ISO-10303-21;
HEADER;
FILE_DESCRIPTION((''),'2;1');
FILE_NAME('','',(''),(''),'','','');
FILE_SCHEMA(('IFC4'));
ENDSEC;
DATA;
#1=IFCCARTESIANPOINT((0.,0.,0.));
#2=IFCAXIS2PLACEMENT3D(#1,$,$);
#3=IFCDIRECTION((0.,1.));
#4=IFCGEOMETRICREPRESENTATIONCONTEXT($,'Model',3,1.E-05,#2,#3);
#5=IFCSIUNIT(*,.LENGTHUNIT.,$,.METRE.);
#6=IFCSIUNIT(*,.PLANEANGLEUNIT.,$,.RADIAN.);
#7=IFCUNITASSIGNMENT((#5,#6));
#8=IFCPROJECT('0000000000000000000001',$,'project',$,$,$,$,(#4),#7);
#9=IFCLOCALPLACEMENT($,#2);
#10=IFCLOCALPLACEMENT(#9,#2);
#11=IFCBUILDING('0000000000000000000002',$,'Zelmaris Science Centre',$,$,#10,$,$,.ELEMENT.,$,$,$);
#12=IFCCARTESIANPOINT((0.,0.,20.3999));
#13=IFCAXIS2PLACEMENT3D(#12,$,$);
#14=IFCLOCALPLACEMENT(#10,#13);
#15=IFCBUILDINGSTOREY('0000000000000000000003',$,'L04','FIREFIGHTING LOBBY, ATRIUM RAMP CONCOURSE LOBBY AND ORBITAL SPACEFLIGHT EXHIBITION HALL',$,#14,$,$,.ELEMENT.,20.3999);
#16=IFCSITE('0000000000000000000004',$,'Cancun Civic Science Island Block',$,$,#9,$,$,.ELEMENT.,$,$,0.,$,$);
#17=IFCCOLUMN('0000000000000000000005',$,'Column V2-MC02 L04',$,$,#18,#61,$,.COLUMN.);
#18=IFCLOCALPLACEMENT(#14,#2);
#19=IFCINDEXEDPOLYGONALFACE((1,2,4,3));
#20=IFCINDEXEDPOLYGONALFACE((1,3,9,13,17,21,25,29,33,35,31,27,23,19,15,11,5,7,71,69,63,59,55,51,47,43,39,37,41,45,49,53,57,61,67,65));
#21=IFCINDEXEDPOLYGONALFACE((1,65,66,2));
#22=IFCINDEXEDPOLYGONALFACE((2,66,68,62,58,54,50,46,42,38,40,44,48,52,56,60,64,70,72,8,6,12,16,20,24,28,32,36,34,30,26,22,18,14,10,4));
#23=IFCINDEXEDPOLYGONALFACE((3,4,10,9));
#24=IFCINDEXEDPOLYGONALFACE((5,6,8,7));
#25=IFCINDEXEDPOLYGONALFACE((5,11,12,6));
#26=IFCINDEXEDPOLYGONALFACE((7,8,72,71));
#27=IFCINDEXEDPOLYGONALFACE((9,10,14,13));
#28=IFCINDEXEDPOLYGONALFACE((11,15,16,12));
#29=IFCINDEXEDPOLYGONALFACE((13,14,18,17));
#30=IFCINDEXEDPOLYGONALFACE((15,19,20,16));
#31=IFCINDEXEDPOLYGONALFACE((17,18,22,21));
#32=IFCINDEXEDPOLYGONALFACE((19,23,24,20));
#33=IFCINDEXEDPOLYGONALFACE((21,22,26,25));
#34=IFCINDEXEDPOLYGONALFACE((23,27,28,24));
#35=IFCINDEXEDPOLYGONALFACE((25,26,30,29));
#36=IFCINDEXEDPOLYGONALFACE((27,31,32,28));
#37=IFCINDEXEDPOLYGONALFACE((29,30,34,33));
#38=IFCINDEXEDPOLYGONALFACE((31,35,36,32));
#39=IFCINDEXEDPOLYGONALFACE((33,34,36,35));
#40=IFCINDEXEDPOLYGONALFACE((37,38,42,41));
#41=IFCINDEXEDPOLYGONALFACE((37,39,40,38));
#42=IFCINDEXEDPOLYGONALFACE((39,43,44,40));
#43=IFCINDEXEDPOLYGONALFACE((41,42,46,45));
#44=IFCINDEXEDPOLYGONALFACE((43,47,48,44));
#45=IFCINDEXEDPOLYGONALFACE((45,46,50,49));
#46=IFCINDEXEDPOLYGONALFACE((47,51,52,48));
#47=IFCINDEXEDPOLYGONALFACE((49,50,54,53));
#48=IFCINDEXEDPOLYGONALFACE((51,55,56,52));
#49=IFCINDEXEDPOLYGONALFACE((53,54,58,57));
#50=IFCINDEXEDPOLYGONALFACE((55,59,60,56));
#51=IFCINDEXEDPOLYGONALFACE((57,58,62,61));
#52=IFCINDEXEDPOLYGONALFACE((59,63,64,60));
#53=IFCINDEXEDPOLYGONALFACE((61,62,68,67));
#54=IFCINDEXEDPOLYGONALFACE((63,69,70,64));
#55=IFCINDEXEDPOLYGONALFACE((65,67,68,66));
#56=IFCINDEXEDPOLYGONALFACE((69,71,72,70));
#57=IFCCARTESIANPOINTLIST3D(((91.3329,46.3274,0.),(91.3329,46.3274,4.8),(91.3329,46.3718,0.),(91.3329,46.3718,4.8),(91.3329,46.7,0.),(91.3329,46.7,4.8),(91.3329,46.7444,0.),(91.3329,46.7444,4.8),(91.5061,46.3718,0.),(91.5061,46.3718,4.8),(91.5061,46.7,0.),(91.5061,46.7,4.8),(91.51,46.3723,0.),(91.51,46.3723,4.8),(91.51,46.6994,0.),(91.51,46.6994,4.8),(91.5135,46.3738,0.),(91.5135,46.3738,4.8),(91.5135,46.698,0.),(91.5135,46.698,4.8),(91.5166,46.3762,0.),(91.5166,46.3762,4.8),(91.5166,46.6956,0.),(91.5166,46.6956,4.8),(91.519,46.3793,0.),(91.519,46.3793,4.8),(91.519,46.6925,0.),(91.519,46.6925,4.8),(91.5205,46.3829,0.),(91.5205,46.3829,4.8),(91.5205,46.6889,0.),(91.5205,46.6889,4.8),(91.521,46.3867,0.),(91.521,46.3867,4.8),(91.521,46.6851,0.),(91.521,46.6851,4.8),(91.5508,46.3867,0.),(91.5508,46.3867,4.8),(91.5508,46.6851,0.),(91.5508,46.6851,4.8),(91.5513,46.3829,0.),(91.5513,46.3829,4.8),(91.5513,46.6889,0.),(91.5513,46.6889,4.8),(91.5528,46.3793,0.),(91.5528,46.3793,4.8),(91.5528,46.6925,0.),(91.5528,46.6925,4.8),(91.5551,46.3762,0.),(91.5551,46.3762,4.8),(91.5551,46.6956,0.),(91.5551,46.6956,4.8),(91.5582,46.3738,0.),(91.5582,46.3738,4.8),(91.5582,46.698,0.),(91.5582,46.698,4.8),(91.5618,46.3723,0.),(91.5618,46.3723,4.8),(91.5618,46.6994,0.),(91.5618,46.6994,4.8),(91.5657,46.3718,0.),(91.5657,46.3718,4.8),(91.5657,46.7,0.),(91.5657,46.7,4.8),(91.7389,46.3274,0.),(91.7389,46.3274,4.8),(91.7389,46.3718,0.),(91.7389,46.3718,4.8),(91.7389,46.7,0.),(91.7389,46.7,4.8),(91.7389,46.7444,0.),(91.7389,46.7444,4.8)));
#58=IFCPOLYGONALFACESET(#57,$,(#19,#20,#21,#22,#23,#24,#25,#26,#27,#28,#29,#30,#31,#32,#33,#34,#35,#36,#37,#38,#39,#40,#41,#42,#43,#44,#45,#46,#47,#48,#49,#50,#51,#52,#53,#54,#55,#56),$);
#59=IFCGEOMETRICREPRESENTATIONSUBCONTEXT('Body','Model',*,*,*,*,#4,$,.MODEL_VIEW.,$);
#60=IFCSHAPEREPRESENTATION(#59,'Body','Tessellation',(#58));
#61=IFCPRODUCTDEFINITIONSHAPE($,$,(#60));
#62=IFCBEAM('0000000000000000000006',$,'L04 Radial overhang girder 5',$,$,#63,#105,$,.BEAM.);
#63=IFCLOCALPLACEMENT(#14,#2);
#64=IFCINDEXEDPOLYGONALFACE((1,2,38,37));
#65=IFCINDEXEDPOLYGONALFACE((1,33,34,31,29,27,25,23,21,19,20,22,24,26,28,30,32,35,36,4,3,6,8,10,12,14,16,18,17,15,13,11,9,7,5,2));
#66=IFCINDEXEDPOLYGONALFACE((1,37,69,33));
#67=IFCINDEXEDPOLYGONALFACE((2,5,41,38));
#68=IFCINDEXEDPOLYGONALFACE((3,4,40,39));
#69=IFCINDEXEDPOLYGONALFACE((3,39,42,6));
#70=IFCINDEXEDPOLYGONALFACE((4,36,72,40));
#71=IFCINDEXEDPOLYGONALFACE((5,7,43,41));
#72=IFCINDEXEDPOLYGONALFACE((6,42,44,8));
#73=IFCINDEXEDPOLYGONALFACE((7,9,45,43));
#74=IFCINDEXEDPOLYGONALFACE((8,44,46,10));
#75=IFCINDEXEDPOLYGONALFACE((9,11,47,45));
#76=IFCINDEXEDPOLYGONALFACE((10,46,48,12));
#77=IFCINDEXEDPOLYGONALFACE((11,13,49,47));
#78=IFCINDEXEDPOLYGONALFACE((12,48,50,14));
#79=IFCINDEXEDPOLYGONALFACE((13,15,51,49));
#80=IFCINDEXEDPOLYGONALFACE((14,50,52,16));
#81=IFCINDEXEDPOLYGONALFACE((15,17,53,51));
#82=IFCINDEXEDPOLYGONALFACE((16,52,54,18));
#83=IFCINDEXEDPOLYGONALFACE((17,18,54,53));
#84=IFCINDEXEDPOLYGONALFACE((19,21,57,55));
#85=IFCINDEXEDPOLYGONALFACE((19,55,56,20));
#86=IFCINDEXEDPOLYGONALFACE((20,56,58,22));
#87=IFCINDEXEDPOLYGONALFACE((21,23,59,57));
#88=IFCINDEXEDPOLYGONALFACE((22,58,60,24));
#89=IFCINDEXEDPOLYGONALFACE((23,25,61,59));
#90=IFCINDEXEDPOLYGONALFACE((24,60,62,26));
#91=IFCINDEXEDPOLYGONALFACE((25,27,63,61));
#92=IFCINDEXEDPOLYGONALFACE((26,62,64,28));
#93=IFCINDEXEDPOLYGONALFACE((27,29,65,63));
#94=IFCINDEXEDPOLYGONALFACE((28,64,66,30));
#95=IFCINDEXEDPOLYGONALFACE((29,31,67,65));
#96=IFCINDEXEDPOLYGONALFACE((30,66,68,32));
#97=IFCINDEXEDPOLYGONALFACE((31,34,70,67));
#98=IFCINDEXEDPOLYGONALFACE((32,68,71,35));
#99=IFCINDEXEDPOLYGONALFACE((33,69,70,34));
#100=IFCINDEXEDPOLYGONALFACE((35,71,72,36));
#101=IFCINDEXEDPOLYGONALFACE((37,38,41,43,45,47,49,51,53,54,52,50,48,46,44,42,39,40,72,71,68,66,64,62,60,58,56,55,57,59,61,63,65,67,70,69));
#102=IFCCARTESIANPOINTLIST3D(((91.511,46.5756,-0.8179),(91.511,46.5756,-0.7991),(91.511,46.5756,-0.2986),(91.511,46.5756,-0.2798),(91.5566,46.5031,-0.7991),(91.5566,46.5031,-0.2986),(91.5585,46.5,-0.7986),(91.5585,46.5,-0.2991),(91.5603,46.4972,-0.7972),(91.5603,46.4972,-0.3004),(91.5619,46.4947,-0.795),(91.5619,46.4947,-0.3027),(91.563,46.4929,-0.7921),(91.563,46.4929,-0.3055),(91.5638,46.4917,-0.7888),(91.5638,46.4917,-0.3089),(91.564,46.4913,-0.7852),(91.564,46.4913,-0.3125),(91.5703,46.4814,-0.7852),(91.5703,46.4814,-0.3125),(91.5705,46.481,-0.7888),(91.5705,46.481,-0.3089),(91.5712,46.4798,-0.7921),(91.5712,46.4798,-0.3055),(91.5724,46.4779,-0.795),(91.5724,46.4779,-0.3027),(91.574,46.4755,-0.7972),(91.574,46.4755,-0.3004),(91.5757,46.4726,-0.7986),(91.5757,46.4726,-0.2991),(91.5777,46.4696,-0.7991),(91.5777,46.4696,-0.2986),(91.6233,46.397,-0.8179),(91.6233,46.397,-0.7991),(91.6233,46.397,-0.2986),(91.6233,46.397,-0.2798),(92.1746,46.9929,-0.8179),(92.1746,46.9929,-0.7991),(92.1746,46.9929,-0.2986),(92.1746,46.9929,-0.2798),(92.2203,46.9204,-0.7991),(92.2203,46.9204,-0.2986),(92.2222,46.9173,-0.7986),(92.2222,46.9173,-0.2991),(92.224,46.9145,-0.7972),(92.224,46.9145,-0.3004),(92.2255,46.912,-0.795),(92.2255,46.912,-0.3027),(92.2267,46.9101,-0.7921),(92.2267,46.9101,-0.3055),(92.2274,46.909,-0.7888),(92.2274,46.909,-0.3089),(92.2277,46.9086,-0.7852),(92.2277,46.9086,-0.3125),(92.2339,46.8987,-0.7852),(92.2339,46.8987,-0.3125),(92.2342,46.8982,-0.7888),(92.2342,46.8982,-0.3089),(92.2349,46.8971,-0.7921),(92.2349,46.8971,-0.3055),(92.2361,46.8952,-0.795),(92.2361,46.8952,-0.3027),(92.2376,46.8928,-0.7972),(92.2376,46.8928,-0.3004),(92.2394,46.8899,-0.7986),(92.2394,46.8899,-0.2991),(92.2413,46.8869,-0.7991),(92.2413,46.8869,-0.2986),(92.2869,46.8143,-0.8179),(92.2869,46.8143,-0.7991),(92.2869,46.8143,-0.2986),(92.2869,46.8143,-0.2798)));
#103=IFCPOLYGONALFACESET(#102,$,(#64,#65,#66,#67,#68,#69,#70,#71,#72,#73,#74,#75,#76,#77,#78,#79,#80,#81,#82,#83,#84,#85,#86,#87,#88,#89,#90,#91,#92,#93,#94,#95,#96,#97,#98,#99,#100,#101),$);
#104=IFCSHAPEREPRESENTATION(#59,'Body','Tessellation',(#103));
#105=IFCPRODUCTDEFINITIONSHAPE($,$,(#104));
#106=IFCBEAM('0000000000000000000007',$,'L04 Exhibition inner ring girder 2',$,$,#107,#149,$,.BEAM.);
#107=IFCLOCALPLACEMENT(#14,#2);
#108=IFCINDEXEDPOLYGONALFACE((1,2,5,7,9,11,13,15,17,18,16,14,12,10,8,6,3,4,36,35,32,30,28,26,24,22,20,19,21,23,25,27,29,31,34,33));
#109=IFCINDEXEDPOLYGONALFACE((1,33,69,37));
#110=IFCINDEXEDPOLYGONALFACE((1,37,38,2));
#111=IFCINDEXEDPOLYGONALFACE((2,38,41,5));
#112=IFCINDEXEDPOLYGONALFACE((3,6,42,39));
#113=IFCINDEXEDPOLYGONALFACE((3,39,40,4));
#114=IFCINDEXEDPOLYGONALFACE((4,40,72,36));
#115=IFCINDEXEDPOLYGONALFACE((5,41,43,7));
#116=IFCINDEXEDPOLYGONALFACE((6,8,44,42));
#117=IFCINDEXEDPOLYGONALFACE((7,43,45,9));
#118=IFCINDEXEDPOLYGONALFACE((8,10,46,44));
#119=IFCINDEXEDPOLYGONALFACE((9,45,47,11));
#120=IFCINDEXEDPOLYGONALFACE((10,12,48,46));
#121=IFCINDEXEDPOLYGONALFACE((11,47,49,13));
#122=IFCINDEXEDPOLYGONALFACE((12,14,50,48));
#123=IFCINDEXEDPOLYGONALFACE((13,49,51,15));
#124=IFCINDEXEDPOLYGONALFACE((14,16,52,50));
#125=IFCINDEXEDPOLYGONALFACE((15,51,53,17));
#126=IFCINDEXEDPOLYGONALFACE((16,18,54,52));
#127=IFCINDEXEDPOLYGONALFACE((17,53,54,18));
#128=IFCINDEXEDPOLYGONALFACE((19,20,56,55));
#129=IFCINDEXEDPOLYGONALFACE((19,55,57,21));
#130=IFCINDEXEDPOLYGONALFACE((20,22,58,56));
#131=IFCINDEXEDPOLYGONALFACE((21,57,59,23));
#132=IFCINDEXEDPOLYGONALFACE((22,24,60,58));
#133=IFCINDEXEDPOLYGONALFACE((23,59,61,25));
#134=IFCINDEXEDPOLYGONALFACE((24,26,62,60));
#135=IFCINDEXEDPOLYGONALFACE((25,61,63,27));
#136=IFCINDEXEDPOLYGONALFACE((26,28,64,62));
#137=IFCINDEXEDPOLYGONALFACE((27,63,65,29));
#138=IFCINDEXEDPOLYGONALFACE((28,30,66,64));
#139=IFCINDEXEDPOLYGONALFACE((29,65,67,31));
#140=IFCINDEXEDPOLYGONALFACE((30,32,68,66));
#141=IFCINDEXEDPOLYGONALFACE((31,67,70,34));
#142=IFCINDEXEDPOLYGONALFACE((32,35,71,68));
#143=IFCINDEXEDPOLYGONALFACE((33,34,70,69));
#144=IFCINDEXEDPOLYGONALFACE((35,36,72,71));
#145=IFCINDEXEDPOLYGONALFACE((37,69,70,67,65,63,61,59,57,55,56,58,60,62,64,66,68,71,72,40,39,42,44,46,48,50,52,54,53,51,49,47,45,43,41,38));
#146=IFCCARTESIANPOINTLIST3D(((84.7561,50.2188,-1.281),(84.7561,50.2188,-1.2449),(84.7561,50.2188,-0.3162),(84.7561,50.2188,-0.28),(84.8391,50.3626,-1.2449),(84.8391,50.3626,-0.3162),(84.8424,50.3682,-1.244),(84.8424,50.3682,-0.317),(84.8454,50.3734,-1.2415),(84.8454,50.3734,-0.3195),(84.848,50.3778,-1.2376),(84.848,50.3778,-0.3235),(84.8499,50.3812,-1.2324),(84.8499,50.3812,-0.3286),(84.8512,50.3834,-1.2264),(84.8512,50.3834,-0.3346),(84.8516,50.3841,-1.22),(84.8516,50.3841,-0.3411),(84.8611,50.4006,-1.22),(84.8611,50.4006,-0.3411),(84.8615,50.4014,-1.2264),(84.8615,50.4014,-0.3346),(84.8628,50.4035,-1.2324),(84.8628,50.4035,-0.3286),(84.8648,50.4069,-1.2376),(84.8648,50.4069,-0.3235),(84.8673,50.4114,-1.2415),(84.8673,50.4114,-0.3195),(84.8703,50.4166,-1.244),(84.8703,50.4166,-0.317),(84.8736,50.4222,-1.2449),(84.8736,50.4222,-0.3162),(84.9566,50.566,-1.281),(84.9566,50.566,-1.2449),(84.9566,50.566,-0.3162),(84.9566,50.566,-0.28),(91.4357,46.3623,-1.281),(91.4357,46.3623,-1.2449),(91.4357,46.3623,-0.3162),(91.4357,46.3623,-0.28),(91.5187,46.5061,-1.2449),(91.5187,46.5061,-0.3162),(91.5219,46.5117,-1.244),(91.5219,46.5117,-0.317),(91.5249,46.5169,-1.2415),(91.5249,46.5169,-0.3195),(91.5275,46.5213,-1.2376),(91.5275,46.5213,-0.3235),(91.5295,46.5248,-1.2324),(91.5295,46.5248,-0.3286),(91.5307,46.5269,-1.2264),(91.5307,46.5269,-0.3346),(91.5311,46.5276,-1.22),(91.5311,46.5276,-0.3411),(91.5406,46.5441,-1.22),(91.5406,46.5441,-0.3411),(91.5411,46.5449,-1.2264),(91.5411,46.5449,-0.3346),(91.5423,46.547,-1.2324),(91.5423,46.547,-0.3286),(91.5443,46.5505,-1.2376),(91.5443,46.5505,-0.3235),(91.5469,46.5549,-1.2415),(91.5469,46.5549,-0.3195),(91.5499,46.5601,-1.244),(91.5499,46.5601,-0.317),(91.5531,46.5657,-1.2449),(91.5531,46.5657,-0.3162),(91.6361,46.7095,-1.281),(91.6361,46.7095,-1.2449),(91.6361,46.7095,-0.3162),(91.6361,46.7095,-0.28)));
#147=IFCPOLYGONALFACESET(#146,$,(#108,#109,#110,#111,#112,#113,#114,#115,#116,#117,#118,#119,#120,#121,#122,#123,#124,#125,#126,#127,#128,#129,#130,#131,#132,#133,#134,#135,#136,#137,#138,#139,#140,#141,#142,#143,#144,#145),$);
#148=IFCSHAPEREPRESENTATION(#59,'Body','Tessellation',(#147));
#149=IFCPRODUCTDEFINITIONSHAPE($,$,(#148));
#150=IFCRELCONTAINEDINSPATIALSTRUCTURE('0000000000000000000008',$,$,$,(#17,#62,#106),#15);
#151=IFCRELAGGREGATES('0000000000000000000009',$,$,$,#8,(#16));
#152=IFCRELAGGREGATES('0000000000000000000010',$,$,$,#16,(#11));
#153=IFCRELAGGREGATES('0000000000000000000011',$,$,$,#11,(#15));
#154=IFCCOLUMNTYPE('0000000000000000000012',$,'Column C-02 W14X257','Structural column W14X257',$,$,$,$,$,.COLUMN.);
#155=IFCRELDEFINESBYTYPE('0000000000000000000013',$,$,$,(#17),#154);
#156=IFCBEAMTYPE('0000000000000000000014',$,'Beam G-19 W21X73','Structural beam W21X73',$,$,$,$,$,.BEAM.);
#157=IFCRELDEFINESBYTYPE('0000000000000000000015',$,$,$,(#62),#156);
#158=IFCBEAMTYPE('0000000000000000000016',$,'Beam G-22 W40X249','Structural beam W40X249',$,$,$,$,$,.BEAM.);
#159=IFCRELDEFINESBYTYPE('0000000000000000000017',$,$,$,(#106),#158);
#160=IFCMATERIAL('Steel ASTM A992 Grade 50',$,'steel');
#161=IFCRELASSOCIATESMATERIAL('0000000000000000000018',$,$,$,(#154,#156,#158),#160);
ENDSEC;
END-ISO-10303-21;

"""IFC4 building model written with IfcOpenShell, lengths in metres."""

from ifc_helpers import new_model, si_unit, direction, frame, origin, origin_2d, place, context, subcontext, project, spatial, i_section, extrude, material, material_profile, profile_set, type_object, element, save


model = new_model("IFC4")

# Units and contexts
model_context = context("Model", 3, precision=1e-05, world=origin(), true_north=direction((0.0, 1.0)))
body_context = subcontext(model_context, "Body", "Model", "MODEL_VIEW")
ifc_project = project(units=[si_unit("LENGTHUNIT", "METRE"), si_unit("PLANEANGLEUNIT", "RADIAN")], contexts=[model_context])

# Site, building, storey
site_placement = place(None, origin())
site = spatial("IfcSite", under=ifc_project, at=site_placement, Name="Cancun Civic Science Island Block", CompositionType="ELEMENT", RefElevation=0.0)
building_placement = place(site_placement, origin())
building = spatial("IfcBuilding", under=site, at=building_placement, Name="Zelmaris Science Centre", CompositionType="ELEMENT")
storey_placement = place(building_placement, frame((0.0, 0.0, 20.3999)))
storey = spatial("IfcBuildingStorey", under=building, at=storey_placement, Name="L04", Description="FIREFIGHTING LOBBY, ATRIUM RAMP CONCOURSE LOBBY AND ORBITAL SPACEFLIGHT EXHIBITION HALL", CompositionType="ELEMENT", Elevation=20.3999)

# Column
ifc_material_1 = material(Name="Steel ASTM A992 Grade 50", Category="steel")
ifc_material_profile_1 = material_profile(ifc_material_1, i_section(OverallWidth=0.406, OverallDepth=0.417, WebThickness=0.0298, FlangeThickness=0.0444, FilletRadius=0.0149, at=origin_2d()), Name="W14X257")
ifc_profile_set_1 = profile_set([ifc_material_profile_1], Name="Steel ASTM A992 Grade 50")
column_type = type_object("IfcColumnType", Name="Column C-02 W14X257", Description="Structural column W14X257", PredefinedType="COLUMN", material=ifc_profile_set_1)
column_placement = place(storey_placement, frame((91.5359, 46.5359, 0.0), z_axis=(0.0, 0.0, 1.0), x_axis=(1.0, 0.0, 0.0)))
element("IfcColumn", 1, at=column_placement, inside=storey, type_object=column_type, Name="Column V2-MC02 L04", PredefinedType="COLUMN", context=body_context, shape_type="SweptSolid", body=[
    extrude(i_section(OverallWidth=0.406, OverallDepth=0.417, WebThickness=0.0298, FlangeThickness=0.0444, FilletRadius=0.0149, at=origin_2d()), origin(), (0.0, 0.0, 1.0), 4.8),
])

# Beams
ifc_material_profile_2 = material_profile(ifc_material_1, i_section(OverallWidth=0.2109, OverallDepth=0.5381, WebThickness=0.0117, FlangeThickness=0.0188, FilletRadius=0.0139, at=origin_2d()), Name="W21X73")
ifc_profile_set_2 = profile_set([ifc_material_profile_2], Name="Steel ASTM A992 Grade 50")
beam_type_1 = type_object("IfcBeamType", Name="Beam G-19 W21X73", Description="Structural beam W21X73", PredefinedType="BEAM", material=ifc_profile_set_2)
beam_1_placement = place(storey_placement, frame((91.5671, 46.4863, -0.5488), z_axis=(0.84656, 0.532293, 0.0), x_axis=(-0.532293, 0.84656, 0.0)))
element("IfcBeam", 2, at=beam_1_placement, inside=storey, type_object=beam_type_1, Name="L04 Radial overhang girder 5", PredefinedType="BEAM", context=body_context, shape_type="SweptSolid", body=[
    extrude(i_section(OverallWidth=0.2109, OverallDepth=0.5381, WebThickness=0.0117, FlangeThickness=0.0188, FilletRadius=0.0139, at=origin_2d()), origin(), (0.0, 0.0, 1.0), 0.7839),
])
ifc_material_profile_3 = material_profile(ifc_material_1, i_section(OverallWidth=0.4009, OverallDepth=1.001, WebThickness=0.019, FlangeThickness=0.0361, FilletRadius=0.0249, at=origin_2d()), Name="W40X249")
ifc_profile_set_3 = profile_set([ifc_material_profile_3], Name="Steel ASTM A992 Grade 50")
beam_type_2 = type_object("IfcBeamType", Name="Beam G-22 W40X249", Description="Structural beam W40X249", PredefinedType="BEAM", material=ifc_profile_set_3)
beam_2_placement = place(storey_placement, frame((91.5359, 46.5359, -0.7805), z_axis=(-0.866022, 0.500007, 0.0), x_axis=(-0.500007, -0.866022, 0.0)))
element("IfcBeam", 3, at=beam_2_placement, inside=storey, type_object=beam_type_2, Name="L04 Exhibition inner ring girder 2", PredefinedType="BEAM", context=body_context, shape_type="SweptSolid", body=[
    extrude(i_section(OverallWidth=0.4009, OverallDepth=1.001, WebThickness=0.019, FlangeThickness=0.0361, FilletRadius=0.0249, at=origin_2d()), origin(), (0.0, 0.0, 1.0), 7.7129),
])

save(model, "model.ifc")
